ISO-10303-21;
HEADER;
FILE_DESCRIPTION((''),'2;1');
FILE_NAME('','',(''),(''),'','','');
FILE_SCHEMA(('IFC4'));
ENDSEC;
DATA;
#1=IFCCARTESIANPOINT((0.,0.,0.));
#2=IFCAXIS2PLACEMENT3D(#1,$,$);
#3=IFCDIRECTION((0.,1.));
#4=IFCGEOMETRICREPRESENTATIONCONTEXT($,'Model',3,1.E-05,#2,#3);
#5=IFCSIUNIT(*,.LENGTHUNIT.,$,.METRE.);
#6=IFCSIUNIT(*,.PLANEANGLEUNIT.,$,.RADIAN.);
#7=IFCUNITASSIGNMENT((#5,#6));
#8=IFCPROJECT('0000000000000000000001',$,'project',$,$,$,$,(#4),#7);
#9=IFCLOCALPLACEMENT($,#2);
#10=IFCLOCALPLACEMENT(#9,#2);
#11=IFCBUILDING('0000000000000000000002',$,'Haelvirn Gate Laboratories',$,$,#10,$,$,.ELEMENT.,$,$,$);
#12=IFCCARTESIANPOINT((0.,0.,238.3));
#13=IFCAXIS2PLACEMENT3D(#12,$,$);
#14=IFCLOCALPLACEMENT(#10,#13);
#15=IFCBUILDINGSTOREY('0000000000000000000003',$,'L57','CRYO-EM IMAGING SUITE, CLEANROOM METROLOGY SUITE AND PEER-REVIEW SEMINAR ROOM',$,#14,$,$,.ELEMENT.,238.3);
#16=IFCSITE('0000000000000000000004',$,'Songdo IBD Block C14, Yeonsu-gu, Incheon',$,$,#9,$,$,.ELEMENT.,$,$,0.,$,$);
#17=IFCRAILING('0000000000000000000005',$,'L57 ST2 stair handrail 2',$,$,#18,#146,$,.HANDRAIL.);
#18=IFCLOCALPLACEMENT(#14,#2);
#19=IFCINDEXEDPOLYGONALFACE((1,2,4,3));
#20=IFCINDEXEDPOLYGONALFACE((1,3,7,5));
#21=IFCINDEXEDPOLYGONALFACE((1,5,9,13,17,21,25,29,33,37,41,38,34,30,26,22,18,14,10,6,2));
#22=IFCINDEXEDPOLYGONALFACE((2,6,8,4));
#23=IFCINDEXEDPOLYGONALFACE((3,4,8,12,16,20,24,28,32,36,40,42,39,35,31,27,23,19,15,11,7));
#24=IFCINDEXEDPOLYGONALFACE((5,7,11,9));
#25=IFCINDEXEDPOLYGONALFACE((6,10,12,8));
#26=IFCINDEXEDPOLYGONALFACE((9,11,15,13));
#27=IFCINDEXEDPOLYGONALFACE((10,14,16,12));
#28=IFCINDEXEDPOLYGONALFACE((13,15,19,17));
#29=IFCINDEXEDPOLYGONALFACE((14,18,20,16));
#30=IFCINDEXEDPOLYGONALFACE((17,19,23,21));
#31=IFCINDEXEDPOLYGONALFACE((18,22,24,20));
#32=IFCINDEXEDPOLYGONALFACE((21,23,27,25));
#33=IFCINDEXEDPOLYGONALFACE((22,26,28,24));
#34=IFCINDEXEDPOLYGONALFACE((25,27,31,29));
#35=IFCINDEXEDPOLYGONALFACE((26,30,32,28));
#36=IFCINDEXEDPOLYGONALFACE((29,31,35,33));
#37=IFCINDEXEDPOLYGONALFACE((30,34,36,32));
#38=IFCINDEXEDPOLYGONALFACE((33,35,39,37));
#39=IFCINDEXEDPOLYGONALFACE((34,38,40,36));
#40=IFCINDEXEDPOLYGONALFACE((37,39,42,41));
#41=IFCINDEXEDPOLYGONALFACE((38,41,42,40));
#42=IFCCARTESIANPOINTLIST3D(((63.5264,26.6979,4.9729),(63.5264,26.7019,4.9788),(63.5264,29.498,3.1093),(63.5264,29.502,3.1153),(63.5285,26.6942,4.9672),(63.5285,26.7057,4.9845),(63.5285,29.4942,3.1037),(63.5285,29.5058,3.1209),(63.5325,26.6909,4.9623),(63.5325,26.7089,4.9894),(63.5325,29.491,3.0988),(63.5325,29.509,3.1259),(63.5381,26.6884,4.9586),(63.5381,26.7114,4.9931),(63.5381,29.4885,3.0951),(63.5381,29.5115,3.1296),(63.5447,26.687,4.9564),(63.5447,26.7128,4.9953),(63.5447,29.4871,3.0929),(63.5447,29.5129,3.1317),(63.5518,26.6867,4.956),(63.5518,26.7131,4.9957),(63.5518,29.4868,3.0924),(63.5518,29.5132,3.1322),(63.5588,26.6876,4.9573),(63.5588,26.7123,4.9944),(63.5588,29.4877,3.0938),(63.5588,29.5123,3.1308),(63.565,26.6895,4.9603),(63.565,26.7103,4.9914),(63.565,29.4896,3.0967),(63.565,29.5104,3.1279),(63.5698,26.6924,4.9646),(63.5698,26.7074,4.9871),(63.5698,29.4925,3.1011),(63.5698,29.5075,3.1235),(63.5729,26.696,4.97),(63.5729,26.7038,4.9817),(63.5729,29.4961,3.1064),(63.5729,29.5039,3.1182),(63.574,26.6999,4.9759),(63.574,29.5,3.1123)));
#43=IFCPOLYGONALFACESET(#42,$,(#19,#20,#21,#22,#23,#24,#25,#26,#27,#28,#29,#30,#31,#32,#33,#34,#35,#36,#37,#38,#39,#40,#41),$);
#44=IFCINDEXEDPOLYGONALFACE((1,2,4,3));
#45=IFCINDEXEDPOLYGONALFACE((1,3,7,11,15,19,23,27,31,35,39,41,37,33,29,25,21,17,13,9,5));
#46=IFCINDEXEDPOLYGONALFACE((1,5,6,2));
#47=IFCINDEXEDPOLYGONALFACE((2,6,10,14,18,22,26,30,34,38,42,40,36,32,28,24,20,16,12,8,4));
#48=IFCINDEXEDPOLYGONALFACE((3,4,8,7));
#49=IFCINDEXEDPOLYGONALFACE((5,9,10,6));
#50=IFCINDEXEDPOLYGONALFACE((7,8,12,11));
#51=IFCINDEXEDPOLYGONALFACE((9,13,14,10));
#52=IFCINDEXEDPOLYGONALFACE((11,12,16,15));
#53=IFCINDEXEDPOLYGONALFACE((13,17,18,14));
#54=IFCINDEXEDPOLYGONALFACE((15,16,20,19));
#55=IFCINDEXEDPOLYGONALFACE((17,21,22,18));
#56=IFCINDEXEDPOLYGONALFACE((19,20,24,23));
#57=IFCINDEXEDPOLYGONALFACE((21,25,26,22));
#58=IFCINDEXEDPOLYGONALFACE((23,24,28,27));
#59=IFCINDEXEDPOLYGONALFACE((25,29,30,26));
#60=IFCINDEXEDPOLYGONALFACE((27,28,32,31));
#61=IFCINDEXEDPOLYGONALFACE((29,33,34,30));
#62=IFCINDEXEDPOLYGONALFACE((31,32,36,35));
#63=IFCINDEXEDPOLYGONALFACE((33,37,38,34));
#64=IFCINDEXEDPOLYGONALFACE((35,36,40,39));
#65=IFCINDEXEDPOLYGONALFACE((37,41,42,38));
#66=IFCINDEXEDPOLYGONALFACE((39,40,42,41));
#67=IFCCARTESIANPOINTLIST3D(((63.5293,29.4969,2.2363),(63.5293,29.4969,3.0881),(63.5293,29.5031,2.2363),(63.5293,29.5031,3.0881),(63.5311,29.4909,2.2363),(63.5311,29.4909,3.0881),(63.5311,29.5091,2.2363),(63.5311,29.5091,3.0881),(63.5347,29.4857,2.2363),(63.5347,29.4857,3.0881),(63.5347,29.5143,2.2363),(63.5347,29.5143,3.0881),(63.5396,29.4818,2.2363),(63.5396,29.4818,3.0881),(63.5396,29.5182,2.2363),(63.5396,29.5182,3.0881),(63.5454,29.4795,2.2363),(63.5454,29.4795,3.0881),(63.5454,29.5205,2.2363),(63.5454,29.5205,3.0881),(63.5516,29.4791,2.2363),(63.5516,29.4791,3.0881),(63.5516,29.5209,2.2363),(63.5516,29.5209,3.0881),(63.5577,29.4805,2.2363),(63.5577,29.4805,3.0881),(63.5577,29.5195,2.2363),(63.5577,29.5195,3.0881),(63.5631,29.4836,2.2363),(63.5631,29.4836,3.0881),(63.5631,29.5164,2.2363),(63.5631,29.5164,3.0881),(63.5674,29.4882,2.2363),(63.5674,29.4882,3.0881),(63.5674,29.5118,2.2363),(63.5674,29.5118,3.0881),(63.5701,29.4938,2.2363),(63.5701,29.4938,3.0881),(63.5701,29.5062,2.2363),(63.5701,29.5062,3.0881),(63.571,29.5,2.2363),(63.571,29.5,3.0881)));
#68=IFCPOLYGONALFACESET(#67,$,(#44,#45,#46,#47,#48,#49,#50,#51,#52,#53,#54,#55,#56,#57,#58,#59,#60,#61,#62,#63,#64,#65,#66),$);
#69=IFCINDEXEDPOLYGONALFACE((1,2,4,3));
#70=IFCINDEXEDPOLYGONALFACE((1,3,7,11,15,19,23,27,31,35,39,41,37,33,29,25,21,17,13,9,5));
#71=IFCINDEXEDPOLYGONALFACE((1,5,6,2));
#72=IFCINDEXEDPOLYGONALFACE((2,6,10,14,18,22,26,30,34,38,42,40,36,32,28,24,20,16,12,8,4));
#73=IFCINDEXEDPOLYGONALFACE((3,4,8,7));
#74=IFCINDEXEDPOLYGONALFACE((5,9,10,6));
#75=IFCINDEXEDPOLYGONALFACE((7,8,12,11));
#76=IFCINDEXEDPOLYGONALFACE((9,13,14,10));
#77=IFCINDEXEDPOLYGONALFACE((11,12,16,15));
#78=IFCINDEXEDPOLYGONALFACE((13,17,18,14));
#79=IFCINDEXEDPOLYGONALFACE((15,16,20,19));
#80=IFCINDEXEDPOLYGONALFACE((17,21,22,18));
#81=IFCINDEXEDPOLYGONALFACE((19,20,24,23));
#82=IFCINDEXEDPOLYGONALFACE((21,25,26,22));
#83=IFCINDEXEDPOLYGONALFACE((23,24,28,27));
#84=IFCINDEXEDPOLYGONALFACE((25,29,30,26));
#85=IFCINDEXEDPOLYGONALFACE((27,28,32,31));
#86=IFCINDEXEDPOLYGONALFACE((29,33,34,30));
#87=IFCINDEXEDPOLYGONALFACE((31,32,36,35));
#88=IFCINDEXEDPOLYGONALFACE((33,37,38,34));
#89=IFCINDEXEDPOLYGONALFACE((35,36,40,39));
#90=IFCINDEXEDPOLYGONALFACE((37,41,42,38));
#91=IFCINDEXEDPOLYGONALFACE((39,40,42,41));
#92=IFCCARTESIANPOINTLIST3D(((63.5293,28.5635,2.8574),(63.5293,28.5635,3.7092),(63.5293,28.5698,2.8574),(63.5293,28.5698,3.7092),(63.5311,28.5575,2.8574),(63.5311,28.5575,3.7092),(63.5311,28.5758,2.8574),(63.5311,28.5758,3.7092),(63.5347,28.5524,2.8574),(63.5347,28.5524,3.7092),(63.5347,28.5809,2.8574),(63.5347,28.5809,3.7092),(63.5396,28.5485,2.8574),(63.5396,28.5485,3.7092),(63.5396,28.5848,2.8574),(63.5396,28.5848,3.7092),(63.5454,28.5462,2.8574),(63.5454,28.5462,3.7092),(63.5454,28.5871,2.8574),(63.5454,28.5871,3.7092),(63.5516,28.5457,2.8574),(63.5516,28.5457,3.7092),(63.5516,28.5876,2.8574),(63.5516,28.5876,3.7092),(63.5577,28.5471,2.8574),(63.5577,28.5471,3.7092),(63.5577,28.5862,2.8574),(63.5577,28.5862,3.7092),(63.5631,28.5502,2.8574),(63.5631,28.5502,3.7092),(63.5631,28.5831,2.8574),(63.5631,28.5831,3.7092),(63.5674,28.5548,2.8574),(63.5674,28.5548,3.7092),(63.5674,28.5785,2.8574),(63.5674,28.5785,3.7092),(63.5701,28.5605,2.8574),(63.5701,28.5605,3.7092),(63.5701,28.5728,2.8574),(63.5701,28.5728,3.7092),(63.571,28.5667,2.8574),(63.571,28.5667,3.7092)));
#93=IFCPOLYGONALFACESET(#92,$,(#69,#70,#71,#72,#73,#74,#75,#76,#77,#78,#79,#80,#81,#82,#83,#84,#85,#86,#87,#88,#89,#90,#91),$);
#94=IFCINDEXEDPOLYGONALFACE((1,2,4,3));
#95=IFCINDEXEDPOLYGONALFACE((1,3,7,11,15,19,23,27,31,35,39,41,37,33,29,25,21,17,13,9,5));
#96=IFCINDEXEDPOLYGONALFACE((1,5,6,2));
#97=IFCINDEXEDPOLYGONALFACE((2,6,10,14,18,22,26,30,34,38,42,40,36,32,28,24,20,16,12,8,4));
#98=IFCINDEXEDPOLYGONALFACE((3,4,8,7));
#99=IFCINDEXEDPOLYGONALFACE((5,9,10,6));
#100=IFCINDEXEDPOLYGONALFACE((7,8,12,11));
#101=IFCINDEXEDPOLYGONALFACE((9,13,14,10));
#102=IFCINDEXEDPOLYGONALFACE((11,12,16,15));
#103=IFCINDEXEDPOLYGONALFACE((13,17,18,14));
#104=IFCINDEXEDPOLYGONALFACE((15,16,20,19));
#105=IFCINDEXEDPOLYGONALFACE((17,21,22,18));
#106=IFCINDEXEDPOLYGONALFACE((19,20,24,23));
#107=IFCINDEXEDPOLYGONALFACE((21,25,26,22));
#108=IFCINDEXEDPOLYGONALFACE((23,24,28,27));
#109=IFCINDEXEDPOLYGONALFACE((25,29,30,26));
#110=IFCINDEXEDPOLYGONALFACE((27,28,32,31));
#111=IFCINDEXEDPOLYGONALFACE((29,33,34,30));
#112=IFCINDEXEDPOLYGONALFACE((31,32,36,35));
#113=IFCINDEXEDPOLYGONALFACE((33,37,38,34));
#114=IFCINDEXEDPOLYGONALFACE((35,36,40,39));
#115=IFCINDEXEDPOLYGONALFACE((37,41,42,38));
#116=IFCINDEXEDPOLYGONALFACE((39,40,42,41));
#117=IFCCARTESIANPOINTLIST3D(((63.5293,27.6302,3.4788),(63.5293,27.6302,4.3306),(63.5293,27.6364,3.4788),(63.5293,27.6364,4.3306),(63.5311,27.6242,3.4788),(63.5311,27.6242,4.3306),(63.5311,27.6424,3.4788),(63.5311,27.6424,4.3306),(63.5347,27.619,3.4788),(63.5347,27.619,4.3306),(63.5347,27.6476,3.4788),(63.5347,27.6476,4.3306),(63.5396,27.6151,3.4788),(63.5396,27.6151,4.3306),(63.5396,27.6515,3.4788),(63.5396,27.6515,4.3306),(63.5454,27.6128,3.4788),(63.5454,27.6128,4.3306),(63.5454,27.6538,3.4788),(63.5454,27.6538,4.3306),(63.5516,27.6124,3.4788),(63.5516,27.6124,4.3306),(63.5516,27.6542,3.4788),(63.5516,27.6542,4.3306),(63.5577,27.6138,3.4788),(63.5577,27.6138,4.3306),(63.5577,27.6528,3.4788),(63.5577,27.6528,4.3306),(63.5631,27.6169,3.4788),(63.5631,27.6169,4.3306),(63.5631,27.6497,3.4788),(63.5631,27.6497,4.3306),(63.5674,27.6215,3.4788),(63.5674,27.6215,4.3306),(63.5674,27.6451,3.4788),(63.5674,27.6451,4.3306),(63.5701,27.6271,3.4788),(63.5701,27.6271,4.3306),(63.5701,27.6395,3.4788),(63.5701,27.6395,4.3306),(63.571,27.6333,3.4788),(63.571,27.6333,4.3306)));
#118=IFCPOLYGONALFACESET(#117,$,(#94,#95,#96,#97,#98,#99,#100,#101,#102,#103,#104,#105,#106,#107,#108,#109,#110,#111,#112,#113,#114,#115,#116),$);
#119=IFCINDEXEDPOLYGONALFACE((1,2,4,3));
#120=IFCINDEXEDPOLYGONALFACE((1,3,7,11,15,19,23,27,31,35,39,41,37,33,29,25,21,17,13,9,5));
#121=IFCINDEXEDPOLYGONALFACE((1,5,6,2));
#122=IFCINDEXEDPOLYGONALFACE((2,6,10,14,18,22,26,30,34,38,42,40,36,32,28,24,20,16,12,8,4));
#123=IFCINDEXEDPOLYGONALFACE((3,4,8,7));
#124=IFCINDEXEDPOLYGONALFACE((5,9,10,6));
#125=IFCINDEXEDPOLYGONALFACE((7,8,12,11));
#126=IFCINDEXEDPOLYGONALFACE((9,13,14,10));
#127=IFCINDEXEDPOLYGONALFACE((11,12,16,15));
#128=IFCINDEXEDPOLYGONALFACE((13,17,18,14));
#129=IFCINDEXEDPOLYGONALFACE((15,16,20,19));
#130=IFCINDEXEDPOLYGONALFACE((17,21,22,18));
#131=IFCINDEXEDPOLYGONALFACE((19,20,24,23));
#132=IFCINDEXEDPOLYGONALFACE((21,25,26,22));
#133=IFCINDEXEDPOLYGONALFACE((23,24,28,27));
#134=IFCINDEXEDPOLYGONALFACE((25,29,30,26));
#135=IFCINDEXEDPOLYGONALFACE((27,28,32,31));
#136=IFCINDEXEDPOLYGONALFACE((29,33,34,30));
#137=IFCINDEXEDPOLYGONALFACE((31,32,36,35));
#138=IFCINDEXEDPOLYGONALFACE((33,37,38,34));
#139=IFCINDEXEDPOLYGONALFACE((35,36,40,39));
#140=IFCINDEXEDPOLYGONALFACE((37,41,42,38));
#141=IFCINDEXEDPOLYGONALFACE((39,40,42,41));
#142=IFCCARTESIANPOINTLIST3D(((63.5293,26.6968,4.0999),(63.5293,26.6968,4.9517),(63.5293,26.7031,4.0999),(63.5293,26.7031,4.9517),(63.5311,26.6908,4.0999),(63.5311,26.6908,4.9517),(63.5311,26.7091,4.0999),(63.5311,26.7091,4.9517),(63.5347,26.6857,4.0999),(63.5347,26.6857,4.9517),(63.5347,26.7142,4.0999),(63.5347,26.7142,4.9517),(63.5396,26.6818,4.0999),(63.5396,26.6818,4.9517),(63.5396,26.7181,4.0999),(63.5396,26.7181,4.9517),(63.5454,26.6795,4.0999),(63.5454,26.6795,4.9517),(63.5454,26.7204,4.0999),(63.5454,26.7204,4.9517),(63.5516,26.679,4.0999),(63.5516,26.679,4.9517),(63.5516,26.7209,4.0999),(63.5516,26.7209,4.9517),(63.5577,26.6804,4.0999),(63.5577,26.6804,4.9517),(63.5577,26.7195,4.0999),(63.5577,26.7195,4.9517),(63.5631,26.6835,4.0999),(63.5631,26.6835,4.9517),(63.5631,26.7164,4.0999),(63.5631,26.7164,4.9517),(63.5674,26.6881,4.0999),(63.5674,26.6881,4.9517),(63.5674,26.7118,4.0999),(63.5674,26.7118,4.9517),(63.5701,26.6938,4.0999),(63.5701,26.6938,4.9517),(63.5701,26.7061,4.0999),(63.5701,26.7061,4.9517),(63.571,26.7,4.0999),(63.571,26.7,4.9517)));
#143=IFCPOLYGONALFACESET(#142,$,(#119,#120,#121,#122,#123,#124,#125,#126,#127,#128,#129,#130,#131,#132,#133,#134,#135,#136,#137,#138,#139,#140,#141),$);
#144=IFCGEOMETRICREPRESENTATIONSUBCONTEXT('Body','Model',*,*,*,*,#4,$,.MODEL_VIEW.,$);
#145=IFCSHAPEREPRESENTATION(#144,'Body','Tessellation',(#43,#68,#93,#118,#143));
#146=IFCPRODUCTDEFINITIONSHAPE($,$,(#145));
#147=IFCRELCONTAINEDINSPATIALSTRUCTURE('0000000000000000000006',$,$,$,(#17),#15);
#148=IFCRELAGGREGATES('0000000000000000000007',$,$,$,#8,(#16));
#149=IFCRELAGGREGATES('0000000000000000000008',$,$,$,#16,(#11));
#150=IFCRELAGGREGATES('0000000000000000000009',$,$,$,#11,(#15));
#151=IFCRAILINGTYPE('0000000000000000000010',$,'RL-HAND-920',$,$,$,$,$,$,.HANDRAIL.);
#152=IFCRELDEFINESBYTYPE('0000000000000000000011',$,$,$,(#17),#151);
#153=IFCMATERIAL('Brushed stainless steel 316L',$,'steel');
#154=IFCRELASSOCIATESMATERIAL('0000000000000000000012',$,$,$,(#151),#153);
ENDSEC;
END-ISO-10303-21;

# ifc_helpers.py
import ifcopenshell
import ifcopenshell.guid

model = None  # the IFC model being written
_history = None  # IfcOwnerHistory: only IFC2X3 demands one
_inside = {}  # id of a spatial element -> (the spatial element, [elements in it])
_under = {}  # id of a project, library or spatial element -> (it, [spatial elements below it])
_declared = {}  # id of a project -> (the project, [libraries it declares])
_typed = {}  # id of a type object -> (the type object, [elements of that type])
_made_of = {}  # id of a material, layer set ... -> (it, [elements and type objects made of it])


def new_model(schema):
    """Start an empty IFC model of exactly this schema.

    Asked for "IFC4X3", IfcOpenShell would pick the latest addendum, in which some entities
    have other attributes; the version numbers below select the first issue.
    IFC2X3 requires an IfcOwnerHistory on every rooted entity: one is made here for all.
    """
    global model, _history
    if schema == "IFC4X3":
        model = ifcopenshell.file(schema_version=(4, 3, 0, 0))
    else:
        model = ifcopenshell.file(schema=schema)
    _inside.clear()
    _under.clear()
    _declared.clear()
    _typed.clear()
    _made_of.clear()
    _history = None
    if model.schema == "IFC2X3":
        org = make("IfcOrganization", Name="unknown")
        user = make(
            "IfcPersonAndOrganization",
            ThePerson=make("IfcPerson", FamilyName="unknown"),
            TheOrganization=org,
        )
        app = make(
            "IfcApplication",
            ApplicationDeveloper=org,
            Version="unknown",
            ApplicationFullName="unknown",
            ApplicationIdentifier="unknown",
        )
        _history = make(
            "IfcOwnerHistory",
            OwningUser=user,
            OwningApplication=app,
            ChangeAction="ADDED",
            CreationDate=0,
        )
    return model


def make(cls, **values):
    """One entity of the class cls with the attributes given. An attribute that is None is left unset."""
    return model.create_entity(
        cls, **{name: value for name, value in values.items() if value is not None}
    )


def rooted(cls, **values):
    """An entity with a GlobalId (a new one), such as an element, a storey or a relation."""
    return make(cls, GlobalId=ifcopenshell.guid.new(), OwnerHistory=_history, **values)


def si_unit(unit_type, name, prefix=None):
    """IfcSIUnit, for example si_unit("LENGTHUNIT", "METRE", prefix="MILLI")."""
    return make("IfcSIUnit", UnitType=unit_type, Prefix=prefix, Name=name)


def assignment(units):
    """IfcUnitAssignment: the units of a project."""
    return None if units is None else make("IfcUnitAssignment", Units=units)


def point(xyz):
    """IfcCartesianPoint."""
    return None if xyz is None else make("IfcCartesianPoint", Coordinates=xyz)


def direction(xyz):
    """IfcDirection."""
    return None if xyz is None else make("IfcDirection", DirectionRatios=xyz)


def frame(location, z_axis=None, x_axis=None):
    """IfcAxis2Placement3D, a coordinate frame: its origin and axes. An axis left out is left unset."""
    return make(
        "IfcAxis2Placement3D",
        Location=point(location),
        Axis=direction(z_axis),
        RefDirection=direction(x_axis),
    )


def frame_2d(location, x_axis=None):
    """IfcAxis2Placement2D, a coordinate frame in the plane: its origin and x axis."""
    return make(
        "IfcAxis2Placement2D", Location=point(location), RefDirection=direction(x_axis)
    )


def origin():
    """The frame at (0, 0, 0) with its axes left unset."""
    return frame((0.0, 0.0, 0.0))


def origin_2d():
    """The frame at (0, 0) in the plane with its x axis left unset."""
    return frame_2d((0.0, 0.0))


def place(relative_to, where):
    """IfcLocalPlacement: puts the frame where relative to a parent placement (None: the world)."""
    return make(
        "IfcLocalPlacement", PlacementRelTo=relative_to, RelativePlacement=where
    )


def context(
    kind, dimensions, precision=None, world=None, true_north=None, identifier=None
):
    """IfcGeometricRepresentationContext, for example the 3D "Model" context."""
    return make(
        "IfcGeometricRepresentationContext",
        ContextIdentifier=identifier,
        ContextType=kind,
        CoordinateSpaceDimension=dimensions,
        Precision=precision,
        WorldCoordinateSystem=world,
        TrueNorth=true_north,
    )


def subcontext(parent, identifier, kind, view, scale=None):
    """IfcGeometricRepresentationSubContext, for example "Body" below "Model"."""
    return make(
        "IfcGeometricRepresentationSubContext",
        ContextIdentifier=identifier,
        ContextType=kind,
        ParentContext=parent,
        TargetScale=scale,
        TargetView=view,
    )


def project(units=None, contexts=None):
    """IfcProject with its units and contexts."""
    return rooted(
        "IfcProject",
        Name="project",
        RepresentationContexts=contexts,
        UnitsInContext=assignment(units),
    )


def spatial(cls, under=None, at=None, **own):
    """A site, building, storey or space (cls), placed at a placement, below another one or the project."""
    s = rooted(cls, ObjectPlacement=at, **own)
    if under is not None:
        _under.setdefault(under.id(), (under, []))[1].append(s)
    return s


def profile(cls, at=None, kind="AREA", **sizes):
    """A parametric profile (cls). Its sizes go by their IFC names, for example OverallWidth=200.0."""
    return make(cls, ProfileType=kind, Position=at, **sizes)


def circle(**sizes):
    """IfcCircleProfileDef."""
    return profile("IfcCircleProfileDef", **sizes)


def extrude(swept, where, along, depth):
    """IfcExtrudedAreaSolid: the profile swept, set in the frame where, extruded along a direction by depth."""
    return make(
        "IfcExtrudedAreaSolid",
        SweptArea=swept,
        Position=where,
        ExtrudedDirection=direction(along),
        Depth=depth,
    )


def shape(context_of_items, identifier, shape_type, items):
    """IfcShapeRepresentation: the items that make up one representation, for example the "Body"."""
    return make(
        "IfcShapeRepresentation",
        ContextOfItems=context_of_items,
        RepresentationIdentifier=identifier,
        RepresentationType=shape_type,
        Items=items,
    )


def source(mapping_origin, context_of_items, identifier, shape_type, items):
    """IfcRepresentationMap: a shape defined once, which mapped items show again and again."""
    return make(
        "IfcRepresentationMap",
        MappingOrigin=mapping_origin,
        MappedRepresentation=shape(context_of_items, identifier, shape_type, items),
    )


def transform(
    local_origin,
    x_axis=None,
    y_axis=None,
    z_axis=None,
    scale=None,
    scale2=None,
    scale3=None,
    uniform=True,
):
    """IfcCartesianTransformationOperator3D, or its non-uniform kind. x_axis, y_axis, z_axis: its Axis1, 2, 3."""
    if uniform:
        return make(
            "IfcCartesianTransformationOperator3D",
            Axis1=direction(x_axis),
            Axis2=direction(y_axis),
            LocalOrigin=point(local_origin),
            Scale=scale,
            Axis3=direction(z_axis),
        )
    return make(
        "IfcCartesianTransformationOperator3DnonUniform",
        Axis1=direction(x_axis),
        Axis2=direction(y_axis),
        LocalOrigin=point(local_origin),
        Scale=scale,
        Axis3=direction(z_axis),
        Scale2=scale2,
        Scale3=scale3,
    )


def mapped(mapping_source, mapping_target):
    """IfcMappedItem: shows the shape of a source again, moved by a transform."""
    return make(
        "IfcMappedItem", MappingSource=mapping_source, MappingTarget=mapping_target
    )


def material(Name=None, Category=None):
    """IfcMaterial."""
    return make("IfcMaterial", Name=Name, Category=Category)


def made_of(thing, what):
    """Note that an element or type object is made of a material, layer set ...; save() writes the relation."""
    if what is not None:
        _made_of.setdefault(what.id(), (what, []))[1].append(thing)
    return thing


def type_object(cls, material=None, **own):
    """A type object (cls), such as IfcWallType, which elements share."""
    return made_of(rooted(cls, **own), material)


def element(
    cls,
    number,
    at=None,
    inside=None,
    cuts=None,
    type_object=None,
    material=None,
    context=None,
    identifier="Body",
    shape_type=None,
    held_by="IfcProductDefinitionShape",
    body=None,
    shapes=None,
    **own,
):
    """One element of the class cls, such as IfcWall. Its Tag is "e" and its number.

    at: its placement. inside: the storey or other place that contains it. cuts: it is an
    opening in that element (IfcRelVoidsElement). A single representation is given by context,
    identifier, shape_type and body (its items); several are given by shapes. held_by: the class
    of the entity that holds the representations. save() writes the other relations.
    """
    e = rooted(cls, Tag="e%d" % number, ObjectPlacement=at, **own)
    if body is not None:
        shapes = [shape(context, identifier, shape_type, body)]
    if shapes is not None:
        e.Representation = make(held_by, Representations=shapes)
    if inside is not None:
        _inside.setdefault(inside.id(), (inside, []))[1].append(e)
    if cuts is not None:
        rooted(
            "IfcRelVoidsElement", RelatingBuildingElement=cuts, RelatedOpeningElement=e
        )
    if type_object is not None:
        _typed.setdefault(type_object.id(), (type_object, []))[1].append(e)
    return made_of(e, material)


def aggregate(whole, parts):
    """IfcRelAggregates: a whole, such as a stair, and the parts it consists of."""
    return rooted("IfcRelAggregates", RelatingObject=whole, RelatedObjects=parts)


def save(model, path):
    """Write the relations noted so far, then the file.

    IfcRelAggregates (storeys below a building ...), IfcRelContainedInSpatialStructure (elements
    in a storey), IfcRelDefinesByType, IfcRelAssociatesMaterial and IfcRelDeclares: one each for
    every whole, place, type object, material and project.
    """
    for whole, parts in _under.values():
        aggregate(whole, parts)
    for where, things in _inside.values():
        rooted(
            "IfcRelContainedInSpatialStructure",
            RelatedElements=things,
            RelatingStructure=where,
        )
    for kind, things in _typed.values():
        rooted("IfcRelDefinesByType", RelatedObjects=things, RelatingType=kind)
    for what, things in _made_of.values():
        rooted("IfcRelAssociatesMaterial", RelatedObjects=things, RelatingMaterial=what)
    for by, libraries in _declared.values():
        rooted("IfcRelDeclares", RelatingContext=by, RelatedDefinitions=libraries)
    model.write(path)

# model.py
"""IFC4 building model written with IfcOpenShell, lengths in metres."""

from ifc_helpers import new_model, si_unit, direction, frame, origin, origin_2d, place, context, subcontext, project, spatial, circle, extrude, source, transform, mapped, material, type_object, element, save


model = new_model("IFC4")

# Units and contexts
model_context = context("Model", 3, precision=1e-05, world=origin(), true_north=direction((0.0, 1.0)))
body_context = subcontext(model_context, "Body", "Model", "MODEL_VIEW")
ifc_project = project(units=[si_unit("LENGTHUNIT", "METRE"), si_unit("PLANEANGLEUNIT", "RADIAN")], contexts=[model_context])

# Site, building, storey
site_placement = place(None, origin())
site = spatial("IfcSite", under=ifc_project, at=site_placement, Name="Songdo IBD Block C14, Yeonsu-gu, Incheon", CompositionType="ELEMENT", RefElevation=0.0)
building_placement = place(site_placement, origin())
building = spatial("IfcBuilding", under=site, at=building_placement, Name="Haelvirn Gate Laboratories", CompositionType="ELEMENT")
storey_placement = place(building_placement, frame((0.0, 0.0, 238.3)))
storey = spatial("IfcBuildingStorey", under=building, at=storey_placement, Name="L57", Description="CRYO-EM IMAGING SUITE, CLEANROOM METROLOGY SUITE AND PEER-REVIEW SEMINAR ROOM", CompositionType="ELEMENT", Elevation=238.3)

# Railing
ifc_material_1 = material(Name="Brushed stainless steel 316L", Category="steel")
railing_type_1 = type_object("IfcRailingType", Name="RL-HAND-920", PredefinedType="HANDRAIL", material=ifc_material_1)
shared_shape_1 = source(origin(), body_context, "Body", "SweptSolid", [
    extrude(circle(Radius=0.0239, at=origin_2d()), frame((0.0, 0.0, 0.876), z_axis=(0.0, -0.832486, 0.554047), x_axis=(1.0, 0.0, 0.0)), (0.0, 0.0, 1.0), 3.3635),
    extrude(circle(Radius=0.021, at=origin_2d()), origin(), (0.0, 0.0, 1.0), 0.8518),
    extrude(circle(Radius=0.021, at=origin_2d()), frame((0.0, -0.9333, 0.6211)), (0.0, 0.0, 1.0), 0.8518),
    extrude(circle(Radius=0.021, at=origin_2d()), frame((0.0, -1.8667, 1.2424)), (0.0, 0.0, 1.0), 0.8518),
    extrude(circle(Radius=0.021, at=origin_2d()), frame((0.0, -2.8, 1.8635)), (0.0, 0.0, 1.0), 0.8518),
])
railing_1_placement = place(storey_placement, frame((63.55, 29.5, 2.2363)))
element("IfcRailing", 1, at=railing_1_placement, inside=storey, type_object=railing_type_1, Name="L57 ST2 stair handrail 2", PredefinedType="HANDRAIL", context=body_context, shape_type="MappedRepresentation", body=[
    mapped(shared_shape_1, transform((0.0, 0.0, 0.0), scale=1.0)),
])

save(model, "model.ifc")
